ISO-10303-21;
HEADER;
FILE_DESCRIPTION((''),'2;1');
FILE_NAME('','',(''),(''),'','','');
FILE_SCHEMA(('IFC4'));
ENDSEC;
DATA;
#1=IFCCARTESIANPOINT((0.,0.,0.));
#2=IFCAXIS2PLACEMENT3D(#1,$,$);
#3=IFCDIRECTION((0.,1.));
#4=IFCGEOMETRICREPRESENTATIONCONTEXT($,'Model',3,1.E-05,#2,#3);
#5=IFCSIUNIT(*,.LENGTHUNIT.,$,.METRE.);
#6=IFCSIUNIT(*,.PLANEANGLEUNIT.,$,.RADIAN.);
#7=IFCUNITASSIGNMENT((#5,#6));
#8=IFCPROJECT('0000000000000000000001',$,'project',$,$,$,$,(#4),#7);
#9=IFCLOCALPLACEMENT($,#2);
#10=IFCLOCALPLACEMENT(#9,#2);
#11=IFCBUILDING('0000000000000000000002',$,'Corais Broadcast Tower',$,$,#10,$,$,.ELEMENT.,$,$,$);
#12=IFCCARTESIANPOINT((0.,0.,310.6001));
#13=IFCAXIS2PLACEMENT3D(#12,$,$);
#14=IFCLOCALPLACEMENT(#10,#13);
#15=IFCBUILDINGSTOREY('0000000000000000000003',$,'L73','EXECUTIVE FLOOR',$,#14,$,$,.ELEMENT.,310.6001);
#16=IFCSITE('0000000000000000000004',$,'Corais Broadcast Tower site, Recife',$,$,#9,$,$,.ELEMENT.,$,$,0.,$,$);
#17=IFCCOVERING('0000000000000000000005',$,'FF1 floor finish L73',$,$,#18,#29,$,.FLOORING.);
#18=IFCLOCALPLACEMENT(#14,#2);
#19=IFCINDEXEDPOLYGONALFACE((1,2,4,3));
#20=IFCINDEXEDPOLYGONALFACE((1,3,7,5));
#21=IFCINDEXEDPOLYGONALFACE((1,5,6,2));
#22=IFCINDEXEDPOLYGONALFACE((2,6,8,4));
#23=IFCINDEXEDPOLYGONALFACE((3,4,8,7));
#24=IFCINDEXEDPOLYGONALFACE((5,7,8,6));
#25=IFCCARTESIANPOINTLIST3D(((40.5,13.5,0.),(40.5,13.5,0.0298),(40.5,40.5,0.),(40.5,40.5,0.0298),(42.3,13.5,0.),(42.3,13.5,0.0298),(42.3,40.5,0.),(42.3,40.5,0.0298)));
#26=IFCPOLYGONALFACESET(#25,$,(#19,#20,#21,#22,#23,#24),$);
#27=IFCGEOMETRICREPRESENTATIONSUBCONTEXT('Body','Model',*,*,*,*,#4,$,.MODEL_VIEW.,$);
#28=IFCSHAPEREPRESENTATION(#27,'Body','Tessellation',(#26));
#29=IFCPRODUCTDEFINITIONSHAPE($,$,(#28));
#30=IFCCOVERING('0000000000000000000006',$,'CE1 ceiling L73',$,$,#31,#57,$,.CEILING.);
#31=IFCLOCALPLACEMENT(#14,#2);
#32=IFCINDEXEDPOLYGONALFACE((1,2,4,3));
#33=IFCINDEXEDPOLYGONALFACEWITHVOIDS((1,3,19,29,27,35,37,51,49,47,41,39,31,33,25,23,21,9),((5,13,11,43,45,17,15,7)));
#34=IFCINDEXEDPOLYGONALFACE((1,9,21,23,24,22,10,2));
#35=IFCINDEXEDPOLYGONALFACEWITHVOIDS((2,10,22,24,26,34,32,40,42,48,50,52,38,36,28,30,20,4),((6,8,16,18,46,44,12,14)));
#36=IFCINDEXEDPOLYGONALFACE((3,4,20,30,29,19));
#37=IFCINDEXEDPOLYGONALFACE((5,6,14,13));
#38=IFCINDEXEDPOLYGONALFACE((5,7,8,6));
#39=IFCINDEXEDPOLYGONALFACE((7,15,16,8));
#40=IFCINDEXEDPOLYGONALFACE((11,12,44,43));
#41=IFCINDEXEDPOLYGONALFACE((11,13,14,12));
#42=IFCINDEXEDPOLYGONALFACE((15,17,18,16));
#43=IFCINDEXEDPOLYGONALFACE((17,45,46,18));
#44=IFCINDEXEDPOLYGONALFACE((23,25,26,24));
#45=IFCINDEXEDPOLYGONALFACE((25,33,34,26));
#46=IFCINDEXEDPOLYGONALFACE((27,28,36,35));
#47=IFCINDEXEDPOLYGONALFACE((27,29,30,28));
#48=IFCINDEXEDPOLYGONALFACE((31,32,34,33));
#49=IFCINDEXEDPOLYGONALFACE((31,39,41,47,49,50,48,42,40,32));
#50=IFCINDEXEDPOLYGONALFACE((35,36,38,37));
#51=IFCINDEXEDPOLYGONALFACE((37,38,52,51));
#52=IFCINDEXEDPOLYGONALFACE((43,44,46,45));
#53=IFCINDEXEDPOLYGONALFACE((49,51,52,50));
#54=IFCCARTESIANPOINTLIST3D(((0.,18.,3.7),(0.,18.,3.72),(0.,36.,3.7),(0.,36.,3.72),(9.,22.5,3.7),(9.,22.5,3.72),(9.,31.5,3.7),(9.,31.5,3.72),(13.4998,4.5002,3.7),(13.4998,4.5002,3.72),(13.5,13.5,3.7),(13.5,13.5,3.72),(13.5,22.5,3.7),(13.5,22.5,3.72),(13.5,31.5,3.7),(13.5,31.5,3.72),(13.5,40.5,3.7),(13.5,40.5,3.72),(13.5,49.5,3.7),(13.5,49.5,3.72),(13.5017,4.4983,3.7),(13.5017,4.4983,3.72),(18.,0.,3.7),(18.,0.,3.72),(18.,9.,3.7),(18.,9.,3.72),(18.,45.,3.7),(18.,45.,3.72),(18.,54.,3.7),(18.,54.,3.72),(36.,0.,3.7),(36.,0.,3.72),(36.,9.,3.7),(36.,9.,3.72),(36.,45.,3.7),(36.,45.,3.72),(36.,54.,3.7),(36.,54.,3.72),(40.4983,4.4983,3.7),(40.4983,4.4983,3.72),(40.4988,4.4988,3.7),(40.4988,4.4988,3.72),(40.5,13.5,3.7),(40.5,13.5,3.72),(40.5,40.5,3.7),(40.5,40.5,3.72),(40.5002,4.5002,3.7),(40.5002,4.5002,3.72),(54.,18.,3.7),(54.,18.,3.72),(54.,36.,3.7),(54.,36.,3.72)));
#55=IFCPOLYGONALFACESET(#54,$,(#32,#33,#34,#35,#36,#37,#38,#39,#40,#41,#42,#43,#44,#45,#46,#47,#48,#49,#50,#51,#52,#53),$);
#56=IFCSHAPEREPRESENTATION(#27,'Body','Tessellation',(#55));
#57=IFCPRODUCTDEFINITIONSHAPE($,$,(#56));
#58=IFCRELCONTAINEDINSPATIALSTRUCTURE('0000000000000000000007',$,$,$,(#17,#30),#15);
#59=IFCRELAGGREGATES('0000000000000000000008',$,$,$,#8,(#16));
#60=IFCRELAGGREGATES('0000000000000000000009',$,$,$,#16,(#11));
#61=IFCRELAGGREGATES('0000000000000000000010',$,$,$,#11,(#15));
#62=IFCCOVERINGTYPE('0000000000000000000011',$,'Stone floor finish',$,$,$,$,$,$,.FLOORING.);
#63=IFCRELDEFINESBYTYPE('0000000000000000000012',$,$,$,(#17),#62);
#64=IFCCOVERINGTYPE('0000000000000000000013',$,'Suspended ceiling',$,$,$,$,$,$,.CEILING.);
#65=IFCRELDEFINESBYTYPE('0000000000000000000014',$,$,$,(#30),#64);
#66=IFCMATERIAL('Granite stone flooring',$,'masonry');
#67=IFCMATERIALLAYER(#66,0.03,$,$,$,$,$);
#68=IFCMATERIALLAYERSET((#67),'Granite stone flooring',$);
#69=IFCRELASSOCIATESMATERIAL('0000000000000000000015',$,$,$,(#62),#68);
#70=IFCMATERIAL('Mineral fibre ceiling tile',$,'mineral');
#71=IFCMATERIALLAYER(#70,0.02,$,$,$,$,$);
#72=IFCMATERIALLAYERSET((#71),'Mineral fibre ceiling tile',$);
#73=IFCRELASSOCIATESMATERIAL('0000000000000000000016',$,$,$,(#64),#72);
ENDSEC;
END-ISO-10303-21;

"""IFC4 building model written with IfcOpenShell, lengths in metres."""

from ifc_helpers import new_model, si_unit, direction, frame, origin, place, context, subcontext, project, spatial, polyline, outline, extrude, material, layer, layer_set, type_object, element, save


model = new_model("IFC4")

# Units and contexts
model_context = context("Model", 3, precision=1e-05, world=origin(), true_north=direction((0.0, 1.0)))
body_context = subcontext(model_context, "Body", "Model", "MODEL_VIEW")
ifc_project = project(units=[si_unit("LENGTHUNIT", "METRE"), si_unit("PLANEANGLEUNIT", "RADIAN")], contexts=[model_context])

# Site, building, storey
site_placement = place(None, origin())
site = spatial("IfcSite", under=ifc_project, at=site_placement, Name="Corais Broadcast Tower site, Recife", CompositionType="ELEMENT", RefElevation=0.0)
building_placement = place(site_placement, origin())
building = spatial("IfcBuilding", under=site, at=building_placement, Name="Corais Broadcast Tower", CompositionType="ELEMENT")
storey_placement = place(building_placement, frame((0.0, 0.0, 310.6001)))
storey = spatial("IfcBuildingStorey", under=building, at=storey_placement, Name="L73", Description="EXECUTIVE FLOOR", CompositionType="ELEMENT", Elevation=310.6001)

# Coverings
ifc_material_1 = material(Name="Granite stone flooring", Category="masonry")
ifc_layer_1 = layer(ifc_material_1, 0.03)
ifc_layer_set_1 = layer_set([ifc_layer_1], Name="Granite stone flooring")
covering_type_1 = type_object("IfcCoveringType", Name="Stone floor finish", PredefinedType="FLOORING", material=ifc_layer_set_1)
covering_1_placement = place(storey_placement, origin())
element("IfcCovering", 1, at=covering_1_placement, inside=storey, type_object=covering_type_1, Name="FF1 floor finish L73", PredefinedType="FLOORING", context=body_context, shape_type="SweptSolid", body=[
    extrude(outline(polyline([(42.3, 40.5), (42.3, 13.5), (40.5, 13.5), (40.5, 40.5), (42.3, 40.5)])), origin(), (0.0, 0.0, 1.0), 0.0298),
])
ifc_material_2 = material(Name="Mineral fibre ceiling tile", Category="mineral")
ifc_layer_2 = layer(ifc_material_2, 0.02)
ifc_layer_set_2 = layer_set([ifc_layer_2], Name="Mineral fibre ceiling tile")
covering_type_2 = type_object("IfcCoveringType", Name="Suspended ceiling", PredefinedType="CEILING", material=ifc_layer_set_2)
covering_2_placement = place(storey_placement, frame((0.0, 0.0, 3.7)))
element("IfcCovering", 2, at=covering_2_placement, inside=storey, type_object=covering_type_2, Name="CE1 ceiling L73", PredefinedType="CEILING", context=body_context, shape_type="SweptSolid", body=[
    extrude(outline(polyline([(13.5, 49.5), (18.0, 54.0), (18.0, 45.0), (36.0, 45.0), (36.0, 54.0), (54.0, 36.0), (54.0, 18.0), (40.5002, 4.5002), (40.4988, 4.4988), (40.4983, 4.4983), (36.0, 0.0), (36.0, 9.0), (18.0, 9.0), (18.0, 0.0), (13.5017, 4.4983), (13.4998, 4.5002), (0.0, 18.0), (0.0, 36.0), (13.5, 49.5)]), holes=[polyline([(13.5, 31.5), (9.0, 31.5), (9.0, 22.5), (13.5, 22.5), (13.5, 13.5), (40.5, 13.5), (40.5, 40.5), (13.5, 40.5), (13.5, 31.5)])]), origin(), (0.0, 0.0, 1.0), 0.02),
])

save(model, "model.ifc")
